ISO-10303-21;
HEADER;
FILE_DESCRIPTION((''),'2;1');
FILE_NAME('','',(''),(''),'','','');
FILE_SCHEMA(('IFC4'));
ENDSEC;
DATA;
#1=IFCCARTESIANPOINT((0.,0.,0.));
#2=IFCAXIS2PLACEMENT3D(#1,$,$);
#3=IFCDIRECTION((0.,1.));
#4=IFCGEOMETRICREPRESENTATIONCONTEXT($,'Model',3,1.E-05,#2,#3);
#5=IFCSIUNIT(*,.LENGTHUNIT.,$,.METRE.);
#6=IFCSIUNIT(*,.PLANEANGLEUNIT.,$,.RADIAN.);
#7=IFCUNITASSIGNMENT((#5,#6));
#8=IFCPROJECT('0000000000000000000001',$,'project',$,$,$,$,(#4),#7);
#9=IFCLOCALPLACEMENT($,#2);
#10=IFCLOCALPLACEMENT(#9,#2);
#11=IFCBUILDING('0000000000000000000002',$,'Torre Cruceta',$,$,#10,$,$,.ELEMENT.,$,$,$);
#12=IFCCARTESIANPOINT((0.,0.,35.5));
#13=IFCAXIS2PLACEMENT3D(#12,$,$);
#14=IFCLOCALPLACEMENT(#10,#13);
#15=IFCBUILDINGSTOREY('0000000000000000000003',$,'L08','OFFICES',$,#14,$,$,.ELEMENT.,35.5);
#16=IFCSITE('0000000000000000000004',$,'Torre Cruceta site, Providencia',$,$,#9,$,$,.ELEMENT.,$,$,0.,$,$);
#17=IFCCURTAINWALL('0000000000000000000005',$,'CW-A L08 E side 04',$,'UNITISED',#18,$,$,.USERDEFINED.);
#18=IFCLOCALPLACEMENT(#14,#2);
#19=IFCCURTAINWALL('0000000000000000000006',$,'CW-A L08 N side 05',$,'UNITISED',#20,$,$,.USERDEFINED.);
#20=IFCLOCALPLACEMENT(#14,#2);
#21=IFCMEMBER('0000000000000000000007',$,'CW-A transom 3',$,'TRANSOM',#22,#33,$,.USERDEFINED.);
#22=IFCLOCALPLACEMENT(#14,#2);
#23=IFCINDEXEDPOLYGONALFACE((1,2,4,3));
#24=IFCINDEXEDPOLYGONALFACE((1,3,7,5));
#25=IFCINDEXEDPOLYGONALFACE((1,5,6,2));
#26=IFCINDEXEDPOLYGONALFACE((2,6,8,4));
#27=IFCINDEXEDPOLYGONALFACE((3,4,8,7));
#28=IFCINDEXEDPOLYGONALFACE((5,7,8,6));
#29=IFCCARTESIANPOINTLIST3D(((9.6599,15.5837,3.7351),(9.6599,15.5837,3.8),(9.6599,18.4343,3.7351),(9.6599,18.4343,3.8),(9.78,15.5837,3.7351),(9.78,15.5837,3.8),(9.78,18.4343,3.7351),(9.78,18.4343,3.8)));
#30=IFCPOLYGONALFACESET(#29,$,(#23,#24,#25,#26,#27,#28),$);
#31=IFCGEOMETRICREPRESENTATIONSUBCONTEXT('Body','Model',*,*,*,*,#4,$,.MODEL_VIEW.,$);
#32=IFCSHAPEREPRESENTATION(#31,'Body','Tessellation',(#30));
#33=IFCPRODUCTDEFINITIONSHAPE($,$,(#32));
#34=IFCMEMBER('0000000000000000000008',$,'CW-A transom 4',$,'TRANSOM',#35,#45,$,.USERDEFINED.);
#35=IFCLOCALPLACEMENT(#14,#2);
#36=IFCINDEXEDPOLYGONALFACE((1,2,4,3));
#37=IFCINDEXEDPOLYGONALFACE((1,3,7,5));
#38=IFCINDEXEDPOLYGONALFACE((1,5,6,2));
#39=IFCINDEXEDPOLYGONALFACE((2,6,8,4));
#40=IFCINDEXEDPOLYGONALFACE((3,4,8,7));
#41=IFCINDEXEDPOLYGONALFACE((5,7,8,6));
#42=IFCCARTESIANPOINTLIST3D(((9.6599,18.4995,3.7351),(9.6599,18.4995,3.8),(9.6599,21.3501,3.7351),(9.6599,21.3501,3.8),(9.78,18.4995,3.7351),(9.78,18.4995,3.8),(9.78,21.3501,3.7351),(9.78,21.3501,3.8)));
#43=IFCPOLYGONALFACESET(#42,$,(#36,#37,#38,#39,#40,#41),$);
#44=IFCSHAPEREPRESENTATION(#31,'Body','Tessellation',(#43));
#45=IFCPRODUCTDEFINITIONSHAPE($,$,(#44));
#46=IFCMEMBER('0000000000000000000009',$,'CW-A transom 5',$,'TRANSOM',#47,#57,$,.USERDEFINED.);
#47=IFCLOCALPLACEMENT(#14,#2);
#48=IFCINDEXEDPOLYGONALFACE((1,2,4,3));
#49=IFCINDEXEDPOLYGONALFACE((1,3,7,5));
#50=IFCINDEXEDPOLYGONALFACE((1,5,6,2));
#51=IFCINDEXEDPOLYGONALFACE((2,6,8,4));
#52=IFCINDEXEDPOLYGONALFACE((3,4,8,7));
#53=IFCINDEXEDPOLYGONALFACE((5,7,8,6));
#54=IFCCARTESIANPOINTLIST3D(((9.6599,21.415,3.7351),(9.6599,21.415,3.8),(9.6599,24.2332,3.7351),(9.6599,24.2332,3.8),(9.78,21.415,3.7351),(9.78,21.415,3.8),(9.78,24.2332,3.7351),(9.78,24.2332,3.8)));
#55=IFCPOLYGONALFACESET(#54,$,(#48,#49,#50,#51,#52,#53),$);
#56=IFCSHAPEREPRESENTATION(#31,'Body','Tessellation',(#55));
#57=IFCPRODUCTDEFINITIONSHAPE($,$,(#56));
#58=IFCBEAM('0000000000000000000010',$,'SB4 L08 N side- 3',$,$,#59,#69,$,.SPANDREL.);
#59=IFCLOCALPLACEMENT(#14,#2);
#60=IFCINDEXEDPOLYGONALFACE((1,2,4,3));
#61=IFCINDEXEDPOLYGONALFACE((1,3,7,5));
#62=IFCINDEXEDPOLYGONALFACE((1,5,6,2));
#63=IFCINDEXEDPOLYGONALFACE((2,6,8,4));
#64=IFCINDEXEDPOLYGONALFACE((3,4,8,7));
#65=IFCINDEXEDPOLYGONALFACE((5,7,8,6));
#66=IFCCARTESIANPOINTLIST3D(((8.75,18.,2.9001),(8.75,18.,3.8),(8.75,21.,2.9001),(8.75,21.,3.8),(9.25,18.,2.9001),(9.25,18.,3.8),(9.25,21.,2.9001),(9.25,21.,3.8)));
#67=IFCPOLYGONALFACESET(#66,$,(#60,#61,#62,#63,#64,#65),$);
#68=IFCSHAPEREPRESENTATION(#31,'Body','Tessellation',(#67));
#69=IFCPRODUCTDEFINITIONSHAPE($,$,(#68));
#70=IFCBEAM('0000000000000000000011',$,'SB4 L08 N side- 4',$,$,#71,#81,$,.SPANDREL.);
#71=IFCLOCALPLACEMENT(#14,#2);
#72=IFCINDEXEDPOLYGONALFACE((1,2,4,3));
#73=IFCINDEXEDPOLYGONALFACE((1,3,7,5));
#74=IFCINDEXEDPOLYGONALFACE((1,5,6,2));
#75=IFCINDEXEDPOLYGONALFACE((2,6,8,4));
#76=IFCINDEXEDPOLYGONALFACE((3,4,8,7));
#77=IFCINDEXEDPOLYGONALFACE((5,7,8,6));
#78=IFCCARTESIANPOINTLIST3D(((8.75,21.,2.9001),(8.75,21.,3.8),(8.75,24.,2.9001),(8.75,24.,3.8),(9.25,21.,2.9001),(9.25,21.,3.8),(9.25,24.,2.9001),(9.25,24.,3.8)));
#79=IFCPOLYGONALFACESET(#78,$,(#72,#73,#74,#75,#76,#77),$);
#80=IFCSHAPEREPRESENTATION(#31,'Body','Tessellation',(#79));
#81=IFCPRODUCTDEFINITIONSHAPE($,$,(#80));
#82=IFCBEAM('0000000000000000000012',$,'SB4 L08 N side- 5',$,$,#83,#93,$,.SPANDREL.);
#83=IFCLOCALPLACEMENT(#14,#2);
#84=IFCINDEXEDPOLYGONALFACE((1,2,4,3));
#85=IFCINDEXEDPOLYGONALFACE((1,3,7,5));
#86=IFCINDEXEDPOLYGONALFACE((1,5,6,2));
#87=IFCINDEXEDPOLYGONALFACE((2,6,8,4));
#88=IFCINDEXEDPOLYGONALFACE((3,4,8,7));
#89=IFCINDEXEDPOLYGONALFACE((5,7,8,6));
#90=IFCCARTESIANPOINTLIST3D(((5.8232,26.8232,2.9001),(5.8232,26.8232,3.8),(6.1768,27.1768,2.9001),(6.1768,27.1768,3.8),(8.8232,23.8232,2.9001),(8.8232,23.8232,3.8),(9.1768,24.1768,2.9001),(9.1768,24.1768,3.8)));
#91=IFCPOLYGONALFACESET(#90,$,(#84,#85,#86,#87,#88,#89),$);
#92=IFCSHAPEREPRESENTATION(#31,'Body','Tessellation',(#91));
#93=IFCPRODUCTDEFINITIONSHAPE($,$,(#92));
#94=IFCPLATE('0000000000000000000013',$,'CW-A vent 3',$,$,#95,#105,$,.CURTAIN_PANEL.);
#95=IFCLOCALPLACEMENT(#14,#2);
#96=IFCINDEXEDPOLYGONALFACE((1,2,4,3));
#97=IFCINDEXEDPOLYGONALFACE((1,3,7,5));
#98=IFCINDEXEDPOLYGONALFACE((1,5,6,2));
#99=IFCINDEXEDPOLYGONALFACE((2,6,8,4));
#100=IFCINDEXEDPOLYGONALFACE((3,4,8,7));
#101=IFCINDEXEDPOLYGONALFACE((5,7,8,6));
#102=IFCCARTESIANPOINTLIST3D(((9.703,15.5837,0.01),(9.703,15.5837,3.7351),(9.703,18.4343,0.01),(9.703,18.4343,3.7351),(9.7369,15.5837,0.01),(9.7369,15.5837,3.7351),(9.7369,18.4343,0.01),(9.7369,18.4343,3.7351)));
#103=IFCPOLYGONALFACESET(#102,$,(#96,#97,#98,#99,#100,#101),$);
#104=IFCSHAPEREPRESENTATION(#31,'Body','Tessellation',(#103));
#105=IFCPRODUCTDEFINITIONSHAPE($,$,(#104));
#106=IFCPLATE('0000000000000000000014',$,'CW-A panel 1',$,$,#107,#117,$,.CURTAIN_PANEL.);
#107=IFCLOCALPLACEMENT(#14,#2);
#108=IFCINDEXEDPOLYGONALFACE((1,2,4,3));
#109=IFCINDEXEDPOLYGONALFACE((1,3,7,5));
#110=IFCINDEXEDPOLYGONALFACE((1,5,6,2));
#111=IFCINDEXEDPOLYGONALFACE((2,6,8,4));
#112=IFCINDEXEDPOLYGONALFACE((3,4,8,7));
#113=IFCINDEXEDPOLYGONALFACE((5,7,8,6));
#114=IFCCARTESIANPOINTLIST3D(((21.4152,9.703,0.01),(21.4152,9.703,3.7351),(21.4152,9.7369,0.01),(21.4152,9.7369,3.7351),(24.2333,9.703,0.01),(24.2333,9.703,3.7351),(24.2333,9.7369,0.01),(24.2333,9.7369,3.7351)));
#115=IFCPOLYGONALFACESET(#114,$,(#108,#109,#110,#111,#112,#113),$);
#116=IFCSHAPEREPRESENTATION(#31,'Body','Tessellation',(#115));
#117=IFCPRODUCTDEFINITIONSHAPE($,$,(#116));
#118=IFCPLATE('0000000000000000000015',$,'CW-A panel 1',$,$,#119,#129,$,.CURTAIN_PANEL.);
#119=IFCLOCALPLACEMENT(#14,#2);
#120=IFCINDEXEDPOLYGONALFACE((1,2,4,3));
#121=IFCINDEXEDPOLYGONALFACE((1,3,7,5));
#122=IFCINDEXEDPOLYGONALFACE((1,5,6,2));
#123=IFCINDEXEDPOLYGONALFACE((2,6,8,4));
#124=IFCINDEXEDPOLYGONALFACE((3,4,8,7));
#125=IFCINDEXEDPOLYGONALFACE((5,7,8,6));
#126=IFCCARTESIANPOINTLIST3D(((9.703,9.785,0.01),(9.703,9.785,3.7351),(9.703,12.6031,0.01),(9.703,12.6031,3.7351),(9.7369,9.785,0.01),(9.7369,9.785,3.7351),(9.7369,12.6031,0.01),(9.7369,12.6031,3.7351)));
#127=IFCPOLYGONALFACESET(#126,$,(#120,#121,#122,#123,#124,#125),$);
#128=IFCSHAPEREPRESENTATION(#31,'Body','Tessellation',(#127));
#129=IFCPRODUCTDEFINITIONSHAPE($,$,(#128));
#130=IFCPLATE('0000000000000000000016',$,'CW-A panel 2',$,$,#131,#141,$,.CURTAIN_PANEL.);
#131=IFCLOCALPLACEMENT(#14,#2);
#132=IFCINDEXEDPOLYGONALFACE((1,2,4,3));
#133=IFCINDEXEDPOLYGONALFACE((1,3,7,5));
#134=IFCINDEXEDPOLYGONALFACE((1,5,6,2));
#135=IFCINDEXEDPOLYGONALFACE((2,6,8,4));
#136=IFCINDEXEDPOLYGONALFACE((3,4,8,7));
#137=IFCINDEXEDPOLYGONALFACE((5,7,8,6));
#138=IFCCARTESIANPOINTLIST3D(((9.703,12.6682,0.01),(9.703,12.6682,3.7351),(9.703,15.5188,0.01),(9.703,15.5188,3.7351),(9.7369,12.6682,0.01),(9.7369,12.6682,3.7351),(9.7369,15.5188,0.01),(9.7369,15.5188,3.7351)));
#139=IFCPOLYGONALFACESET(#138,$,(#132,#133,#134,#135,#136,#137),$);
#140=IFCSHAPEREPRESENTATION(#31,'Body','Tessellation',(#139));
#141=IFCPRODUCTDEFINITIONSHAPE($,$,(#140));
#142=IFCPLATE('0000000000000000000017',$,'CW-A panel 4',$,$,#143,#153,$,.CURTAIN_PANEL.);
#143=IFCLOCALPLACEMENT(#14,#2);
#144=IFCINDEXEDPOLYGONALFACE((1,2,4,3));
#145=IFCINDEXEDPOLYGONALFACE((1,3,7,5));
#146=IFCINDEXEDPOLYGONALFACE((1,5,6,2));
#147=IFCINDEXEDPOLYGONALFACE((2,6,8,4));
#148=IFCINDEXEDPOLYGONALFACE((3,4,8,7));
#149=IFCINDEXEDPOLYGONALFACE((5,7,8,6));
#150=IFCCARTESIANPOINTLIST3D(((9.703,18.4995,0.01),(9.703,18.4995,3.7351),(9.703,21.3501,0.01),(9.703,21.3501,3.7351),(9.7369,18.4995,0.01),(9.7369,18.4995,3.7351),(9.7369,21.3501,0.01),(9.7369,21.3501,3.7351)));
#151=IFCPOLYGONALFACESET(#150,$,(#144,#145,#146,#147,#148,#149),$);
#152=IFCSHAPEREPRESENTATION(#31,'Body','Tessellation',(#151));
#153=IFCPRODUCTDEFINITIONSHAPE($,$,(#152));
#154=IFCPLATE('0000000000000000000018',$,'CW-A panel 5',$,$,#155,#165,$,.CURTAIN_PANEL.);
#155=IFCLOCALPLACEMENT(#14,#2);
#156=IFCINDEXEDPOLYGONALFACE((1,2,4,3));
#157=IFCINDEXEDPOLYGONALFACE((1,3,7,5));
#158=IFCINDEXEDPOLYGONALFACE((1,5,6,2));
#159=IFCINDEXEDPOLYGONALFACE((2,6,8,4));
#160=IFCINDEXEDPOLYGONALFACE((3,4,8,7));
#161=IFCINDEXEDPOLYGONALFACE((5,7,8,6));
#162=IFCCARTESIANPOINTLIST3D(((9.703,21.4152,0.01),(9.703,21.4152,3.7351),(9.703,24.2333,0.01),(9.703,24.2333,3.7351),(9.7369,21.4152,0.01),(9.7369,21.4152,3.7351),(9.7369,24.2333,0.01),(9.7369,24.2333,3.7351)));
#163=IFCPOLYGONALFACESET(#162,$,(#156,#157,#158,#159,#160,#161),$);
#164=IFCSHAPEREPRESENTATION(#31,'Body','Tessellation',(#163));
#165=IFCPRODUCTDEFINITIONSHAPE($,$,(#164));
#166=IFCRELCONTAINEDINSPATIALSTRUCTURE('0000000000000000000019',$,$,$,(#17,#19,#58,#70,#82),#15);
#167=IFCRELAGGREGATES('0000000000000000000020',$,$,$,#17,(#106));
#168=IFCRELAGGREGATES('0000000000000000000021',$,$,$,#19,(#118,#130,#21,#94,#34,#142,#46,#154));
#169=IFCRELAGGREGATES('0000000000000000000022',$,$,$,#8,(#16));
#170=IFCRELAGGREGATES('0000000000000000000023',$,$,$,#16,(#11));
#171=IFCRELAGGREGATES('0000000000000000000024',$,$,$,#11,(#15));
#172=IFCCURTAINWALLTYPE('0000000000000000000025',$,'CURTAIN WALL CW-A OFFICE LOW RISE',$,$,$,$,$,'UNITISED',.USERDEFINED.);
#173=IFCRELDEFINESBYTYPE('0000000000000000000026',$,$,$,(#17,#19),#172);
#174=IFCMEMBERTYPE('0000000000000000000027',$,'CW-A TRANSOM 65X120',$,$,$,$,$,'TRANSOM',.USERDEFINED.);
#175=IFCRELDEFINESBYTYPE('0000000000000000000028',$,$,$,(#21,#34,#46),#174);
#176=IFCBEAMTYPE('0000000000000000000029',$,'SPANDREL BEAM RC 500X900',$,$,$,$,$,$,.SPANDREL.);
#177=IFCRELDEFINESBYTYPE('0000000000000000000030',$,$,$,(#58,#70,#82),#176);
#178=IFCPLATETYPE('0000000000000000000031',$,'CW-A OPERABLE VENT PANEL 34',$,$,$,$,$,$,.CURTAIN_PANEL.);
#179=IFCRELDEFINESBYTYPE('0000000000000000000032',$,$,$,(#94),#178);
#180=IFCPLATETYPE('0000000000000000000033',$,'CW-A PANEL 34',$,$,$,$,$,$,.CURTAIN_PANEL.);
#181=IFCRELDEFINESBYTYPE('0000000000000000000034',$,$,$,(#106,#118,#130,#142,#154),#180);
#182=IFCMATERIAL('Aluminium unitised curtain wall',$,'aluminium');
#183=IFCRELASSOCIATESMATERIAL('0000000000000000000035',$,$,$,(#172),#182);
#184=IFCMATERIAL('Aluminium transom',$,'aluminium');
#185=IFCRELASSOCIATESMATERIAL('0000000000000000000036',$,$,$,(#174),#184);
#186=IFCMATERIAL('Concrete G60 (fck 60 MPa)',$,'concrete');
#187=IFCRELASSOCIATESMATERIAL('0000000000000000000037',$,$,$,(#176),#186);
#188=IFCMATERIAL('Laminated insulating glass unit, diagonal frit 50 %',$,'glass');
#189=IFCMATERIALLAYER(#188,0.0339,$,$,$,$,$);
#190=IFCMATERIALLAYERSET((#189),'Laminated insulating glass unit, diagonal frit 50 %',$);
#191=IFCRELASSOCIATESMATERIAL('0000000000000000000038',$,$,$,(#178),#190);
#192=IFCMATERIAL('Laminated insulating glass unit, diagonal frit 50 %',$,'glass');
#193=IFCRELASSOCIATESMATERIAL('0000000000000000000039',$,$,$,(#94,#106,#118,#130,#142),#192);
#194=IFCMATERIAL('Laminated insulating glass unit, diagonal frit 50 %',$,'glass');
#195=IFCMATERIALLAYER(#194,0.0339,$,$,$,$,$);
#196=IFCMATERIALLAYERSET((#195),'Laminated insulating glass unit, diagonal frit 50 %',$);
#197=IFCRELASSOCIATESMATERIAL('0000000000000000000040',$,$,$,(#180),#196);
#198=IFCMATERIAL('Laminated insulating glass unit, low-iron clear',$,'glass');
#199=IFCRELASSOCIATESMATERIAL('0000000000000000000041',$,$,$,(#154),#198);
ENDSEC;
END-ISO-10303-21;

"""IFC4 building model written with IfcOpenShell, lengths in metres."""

from ifc_helpers import new_model, si_unit, direction, frame, origin, origin_2d, place, context, subcontext, project, spatial, rectangle, extrude, material, layer, layer_set, material_profile, profile_set, type_object, element, aggregate, save


model = new_model("IFC4")

# Units and contexts
model_context = context("Model", 3, precision=1e-05, world=origin(), true_north=direction((0.0, 1.0)))
body_context = subcontext(model_context, "Body", "Model", "MODEL_VIEW")
ifc_project = project(units=[si_unit("LENGTHUNIT", "METRE"), si_unit("PLANEANGLEUNIT", "RADIAN")], contexts=[model_context])

# Site, building, storey
site_placement = place(None, origin())
site = spatial("IfcSite", under=ifc_project, at=site_placement, Name="Torre Cruceta site, Providencia", CompositionType="ELEMENT", RefElevation=0.0)
building_placement = place(site_placement, origin())
building = spatial("IfcBuilding", under=site, at=building_placement, Name="Torre Cruceta", CompositionType="ELEMENT")
storey_placement = place(building_placement, frame((0.0, 0.0, 35.5)))
storey = spatial("IfcBuildingStorey", under=building, at=storey_placement, Name="L08", Description="OFFICES", CompositionType="ELEMENT", Elevation=35.5)

# Curtain walls
ifc_material_1 = material(Name="Aluminium unitised curtain wall", Category="aluminium")
curtain_wall_type = type_object("IfcCurtainWallType", Name="CURTAIN WALL CW-A OFFICE LOW RISE", ElementType="UNITISED", PredefinedType="USERDEFINED", material=ifc_material_1)
curtain_wall_1_placement = place(storey_placement, origin())
curtain_wall_1 = element("IfcCurtainWall", 1, at=curtain_wall_1_placement, inside=storey, type_object=curtain_wall_type, Name="CW-A L08 E side 04", ObjectType="UNITISED", PredefinedType="USERDEFINED")
curtain_wall_2_placement = place(storey_placement, origin())
curtain_wall_2 = element("IfcCurtainWall", 2, at=curtain_wall_2_placement, inside=storey, type_object=curtain_wall_type, Name="CW-A L08 N side 05", ObjectType="UNITISED", PredefinedType="USERDEFINED")

# Members
ifc_material_2 = material(Name="Aluminium transom", Category="aluminium")
ifc_material_profile_1 = material_profile(ifc_material_2, rectangle(XDim=0.1201, YDim=0.0649, at=origin_2d()), Name="AL 120X65")
ifc_profile_set_1 = profile_set([ifc_material_profile_1], Name="Aluminium transom")
member_type_1 = type_object("IfcMemberType", Name="CW-A TRANSOM 65X120", ElementType="TRANSOM", PredefinedType="USERDEFINED", material=ifc_profile_set_1)
member_1_placement = place(storey_placement, frame((9.72, 15.5837, 3.7676), z_axis=(0.0, 1.0, 0.0), x_axis=(-1.0, 0.0, 0.0)))
member_1 = element("IfcMember", 3, at=member_1_placement, type_object=member_type_1, Name="CW-A transom 3", ObjectType="TRANSOM", PredefinedType="USERDEFINED", context=body_context, shape_type="SweptSolid", body=[
    extrude(rectangle(XDim=0.1201, YDim=0.0649, at=origin_2d()), origin(), (0.0, 0.0, 1.0), 2.8506),
])
member_2_placement = place(storey_placement, frame((9.72, 18.4995, 3.7676), z_axis=(0.0, 1.0, 0.0), x_axis=(-1.0, 0.0, 0.0)))
member_2 = element("IfcMember", 4, at=member_2_placement, type_object=member_type_1, Name="CW-A transom 4", ObjectType="TRANSOM", PredefinedType="USERDEFINED", context=body_context, shape_type="SweptSolid", body=[
    extrude(rectangle(XDim=0.1201, YDim=0.0649, at=origin_2d()), origin(), (0.0, 0.0, 1.0), 2.8506),
])
member_3_placement = place(storey_placement, frame((9.72, 21.415, 3.7676), z_axis=(0.0, 1.0, 0.0), x_axis=(-1.0, 0.0, 0.0)))
member_3 = element("IfcMember", 5, at=member_3_placement, type_object=member_type_1, Name="CW-A transom 5", ObjectType="TRANSOM", PredefinedType="USERDEFINED", context=body_context, shape_type="SweptSolid", body=[
    extrude(rectangle(XDim=0.1201, YDim=0.0649, at=origin_2d()), origin(), (0.0, 0.0, 1.0), 2.8181),
])

# Beams
ifc_material_3 = material(Name="Concrete G60 (fck 60 MPa)", Category="concrete")
ifc_material_profile_2 = material_profile(ifc_material_3, rectangle(XDim=0.5, YDim=0.8999, at=origin_2d()), Name="RC 500X900")
ifc_profile_set_2 = profile_set([ifc_material_profile_2], Name="Concrete G60 (fck 60 MPa)")
beam_type_1 = type_object("IfcBeamType", Name="SPANDREL BEAM RC 500X900", PredefinedType="SPANDREL", material=ifc_profile_set_2)
for number, where, z_axis, x_axis, name in (
    (6, (9.0, 18.0, 3.3501), (0.0, 1.0, 0.0), (-1.0, 0.0, 0.0), "SB4 L08 N side- 3"),
    (7, (9.0, 21.0, 3.3501), (0.0, 1.0, 0.0), (-1.0, 0.0, 0.0), "SB4 L08 N side- 4"),
):
    element("IfcBeam", number, at=place(storey_placement, frame(where, z_axis=z_axis, x_axis=x_axis)), inside=storey, type_object=beam_type_1, Name=name, PredefinedType="SPANDREL", context=body_context, shape_type="SweptSolid", body=[
        extrude(rectangle(XDim=0.5, YDim=0.8999, at=origin_2d()), origin(), (0.0, 0.0, 1.0), 3.0),
    ])
beam_placement = place(storey_placement, frame((9.0, 24.0, 3.3501), z_axis=(-0.707107, 0.707107, 0.0), x_axis=(-0.707107, -0.707107, 0.0)))
element("IfcBeam", 8, at=beam_placement, inside=storey, type_object=beam_type_1, Name="SB4 L08 N side- 5", PredefinedType="SPANDREL", context=body_context, shape_type="SweptSolid", body=[
    extrude(rectangle(XDim=0.5, YDim=0.8999, at=origin_2d()), origin(), (0.0, 0.0, 1.0), 4.2427),
])

# Plates
ifc_material_4 = material(Name="Laminated insulating glass unit, diagonal frit 50 %", Category="glass")
ifc_material_5 = material(Name="Laminated insulating glass unit, diagonal frit 50 %", Category="glass")
ifc_layer_1 = layer(ifc_material_5, 0.0339)
ifc_layer_set_1 = layer_set([ifc_layer_1], Name="Laminated insulating glass unit, diagonal frit 50 %")
plate_type_1 = type_object("IfcPlateType", Name="CW-A OPERABLE VENT PANEL 34", PredefinedType="CURTAIN_PANEL", material=ifc_layer_set_1)
plate_1_placement = place(storey_placement, frame((9.72, 17.009, 0.01), z_axis=(0.0, 0.0, 1.0), x_axis=(0.0, 1.0, 0.0)))
plate_1 = element("IfcPlate", 9, at=plate_1_placement, type_object=plate_type_1, material=ifc_material_4, Name="CW-A vent 3", PredefinedType="CURTAIN_PANEL", context=body_context, shape_type="SweptSolid", body=[
    extrude(rectangle(XDim=2.8506, YDim=0.0339, at=origin_2d()), origin(), (0.0, 0.0, 1.0), 3.7251),
])
ifc_material_6 = material(Name="Laminated insulating glass unit, diagonal frit 50 %", Category="glass")
ifc_layer_2 = layer(ifc_material_6, 0.0339)
ifc_layer_set_2 = layer_set([ifc_layer_2], Name="Laminated insulating glass unit, diagonal frit 50 %")
plate_type_2 = type_object("IfcPlateType", Name="CW-A PANEL 34", PredefinedType="CURTAIN_PANEL", material=ifc_layer_set_2)
plate_2_placement = place(storey_placement, frame((22.8242, 9.72, 0.01), z_axis=(0.0, 0.0, 1.0), x_axis=(-1.0, 0.0, 0.0)))
plate_2 = element("IfcPlate", 10, at=plate_2_placement, type_object=plate_type_2, material=ifc_material_4, Name="CW-A panel 1", PredefinedType="CURTAIN_PANEL", context=body_context, shape_type="SweptSolid", body=[
    extrude(rectangle(XDim=2.8181, YDim=0.0339, at=origin_2d()), origin(), (0.0, 0.0, 1.0), 3.7251),
])
aggregate(curtain_wall_1, [plate_2])
plate_3_placement = place(storey_placement, frame((9.72, 11.1941, 0.01), z_axis=(0.0, 0.0, 1.0), x_axis=(0.0, 1.0, 0.0)))
plate_3 = element("IfcPlate", 11, at=plate_3_placement, type_object=plate_type_2, material=ifc_material_4, Name="CW-A panel 1", PredefinedType="CURTAIN_PANEL", context=body_context, shape_type="SweptSolid", body=[
    extrude(rectangle(XDim=2.8181, YDim=0.0339, at=origin_2d()), origin(), (0.0, 0.0, 1.0), 3.7251),
])
plate_4_placement = place(storey_placement, frame((9.72, 14.0935, 0.01), z_axis=(0.0, 0.0, 1.0), x_axis=(0.0, 1.0, 0.0)))
plate_4 = element("IfcPlate", 12, at=plate_4_placement, type_object=plate_type_2, material=ifc_material_4, Name="CW-A panel 2", PredefinedType="CURTAIN_PANEL", context=body_context, shape_type="SweptSolid", body=[
    extrude(rectangle(XDim=2.8506, YDim=0.0339, at=origin_2d()), origin(), (0.0, 0.0, 1.0), 3.7251),
])
plate_5_placement = place(storey_placement, frame((9.72, 19.9248, 0.01), z_axis=(0.0, 0.0, 1.0), x_axis=(0.0, 1.0, 0.0)))
plate_5 = element("IfcPlate", 13, at=plate_5_placement, type_object=plate_type_2, material=ifc_material_4, Name="CW-A panel 4", PredefinedType="CURTAIN_PANEL", context=body_context, shape_type="SweptSolid", body=[
    extrude(rectangle(XDim=2.8506, YDim=0.0339, at=origin_2d()), origin(), (0.0, 0.0, 1.0), 3.7251),
])
ifc_material_7 = material(Name="Laminated insulating glass unit, low-iron clear", Category="glass")
plate_6_placement = place(storey_placement, frame((9.72, 22.8242, 0.01), z_axis=(0.0, 0.0, 1.0), x_axis=(0.0, 1.0, 0.0)))
plate_6 = element("IfcPlate", 14, at=plate_6_placement, type_object=plate_type_2, material=ifc_material_7, Name="CW-A panel 5", PredefinedType="CURTAIN_PANEL", context=body_context, shape_type="SweptSolid", body=[
    extrude(rectangle(XDim=2.8181, YDim=0.0339, at=origin_2d()), origin(), (0.0, 0.0, 1.0), 3.7251),
])
aggregate(curtain_wall_2, [plate_3, plate_4, member_1, plate_1, member_2, plate_5, member_3, plate_6])

save(model, "model.ifc")
